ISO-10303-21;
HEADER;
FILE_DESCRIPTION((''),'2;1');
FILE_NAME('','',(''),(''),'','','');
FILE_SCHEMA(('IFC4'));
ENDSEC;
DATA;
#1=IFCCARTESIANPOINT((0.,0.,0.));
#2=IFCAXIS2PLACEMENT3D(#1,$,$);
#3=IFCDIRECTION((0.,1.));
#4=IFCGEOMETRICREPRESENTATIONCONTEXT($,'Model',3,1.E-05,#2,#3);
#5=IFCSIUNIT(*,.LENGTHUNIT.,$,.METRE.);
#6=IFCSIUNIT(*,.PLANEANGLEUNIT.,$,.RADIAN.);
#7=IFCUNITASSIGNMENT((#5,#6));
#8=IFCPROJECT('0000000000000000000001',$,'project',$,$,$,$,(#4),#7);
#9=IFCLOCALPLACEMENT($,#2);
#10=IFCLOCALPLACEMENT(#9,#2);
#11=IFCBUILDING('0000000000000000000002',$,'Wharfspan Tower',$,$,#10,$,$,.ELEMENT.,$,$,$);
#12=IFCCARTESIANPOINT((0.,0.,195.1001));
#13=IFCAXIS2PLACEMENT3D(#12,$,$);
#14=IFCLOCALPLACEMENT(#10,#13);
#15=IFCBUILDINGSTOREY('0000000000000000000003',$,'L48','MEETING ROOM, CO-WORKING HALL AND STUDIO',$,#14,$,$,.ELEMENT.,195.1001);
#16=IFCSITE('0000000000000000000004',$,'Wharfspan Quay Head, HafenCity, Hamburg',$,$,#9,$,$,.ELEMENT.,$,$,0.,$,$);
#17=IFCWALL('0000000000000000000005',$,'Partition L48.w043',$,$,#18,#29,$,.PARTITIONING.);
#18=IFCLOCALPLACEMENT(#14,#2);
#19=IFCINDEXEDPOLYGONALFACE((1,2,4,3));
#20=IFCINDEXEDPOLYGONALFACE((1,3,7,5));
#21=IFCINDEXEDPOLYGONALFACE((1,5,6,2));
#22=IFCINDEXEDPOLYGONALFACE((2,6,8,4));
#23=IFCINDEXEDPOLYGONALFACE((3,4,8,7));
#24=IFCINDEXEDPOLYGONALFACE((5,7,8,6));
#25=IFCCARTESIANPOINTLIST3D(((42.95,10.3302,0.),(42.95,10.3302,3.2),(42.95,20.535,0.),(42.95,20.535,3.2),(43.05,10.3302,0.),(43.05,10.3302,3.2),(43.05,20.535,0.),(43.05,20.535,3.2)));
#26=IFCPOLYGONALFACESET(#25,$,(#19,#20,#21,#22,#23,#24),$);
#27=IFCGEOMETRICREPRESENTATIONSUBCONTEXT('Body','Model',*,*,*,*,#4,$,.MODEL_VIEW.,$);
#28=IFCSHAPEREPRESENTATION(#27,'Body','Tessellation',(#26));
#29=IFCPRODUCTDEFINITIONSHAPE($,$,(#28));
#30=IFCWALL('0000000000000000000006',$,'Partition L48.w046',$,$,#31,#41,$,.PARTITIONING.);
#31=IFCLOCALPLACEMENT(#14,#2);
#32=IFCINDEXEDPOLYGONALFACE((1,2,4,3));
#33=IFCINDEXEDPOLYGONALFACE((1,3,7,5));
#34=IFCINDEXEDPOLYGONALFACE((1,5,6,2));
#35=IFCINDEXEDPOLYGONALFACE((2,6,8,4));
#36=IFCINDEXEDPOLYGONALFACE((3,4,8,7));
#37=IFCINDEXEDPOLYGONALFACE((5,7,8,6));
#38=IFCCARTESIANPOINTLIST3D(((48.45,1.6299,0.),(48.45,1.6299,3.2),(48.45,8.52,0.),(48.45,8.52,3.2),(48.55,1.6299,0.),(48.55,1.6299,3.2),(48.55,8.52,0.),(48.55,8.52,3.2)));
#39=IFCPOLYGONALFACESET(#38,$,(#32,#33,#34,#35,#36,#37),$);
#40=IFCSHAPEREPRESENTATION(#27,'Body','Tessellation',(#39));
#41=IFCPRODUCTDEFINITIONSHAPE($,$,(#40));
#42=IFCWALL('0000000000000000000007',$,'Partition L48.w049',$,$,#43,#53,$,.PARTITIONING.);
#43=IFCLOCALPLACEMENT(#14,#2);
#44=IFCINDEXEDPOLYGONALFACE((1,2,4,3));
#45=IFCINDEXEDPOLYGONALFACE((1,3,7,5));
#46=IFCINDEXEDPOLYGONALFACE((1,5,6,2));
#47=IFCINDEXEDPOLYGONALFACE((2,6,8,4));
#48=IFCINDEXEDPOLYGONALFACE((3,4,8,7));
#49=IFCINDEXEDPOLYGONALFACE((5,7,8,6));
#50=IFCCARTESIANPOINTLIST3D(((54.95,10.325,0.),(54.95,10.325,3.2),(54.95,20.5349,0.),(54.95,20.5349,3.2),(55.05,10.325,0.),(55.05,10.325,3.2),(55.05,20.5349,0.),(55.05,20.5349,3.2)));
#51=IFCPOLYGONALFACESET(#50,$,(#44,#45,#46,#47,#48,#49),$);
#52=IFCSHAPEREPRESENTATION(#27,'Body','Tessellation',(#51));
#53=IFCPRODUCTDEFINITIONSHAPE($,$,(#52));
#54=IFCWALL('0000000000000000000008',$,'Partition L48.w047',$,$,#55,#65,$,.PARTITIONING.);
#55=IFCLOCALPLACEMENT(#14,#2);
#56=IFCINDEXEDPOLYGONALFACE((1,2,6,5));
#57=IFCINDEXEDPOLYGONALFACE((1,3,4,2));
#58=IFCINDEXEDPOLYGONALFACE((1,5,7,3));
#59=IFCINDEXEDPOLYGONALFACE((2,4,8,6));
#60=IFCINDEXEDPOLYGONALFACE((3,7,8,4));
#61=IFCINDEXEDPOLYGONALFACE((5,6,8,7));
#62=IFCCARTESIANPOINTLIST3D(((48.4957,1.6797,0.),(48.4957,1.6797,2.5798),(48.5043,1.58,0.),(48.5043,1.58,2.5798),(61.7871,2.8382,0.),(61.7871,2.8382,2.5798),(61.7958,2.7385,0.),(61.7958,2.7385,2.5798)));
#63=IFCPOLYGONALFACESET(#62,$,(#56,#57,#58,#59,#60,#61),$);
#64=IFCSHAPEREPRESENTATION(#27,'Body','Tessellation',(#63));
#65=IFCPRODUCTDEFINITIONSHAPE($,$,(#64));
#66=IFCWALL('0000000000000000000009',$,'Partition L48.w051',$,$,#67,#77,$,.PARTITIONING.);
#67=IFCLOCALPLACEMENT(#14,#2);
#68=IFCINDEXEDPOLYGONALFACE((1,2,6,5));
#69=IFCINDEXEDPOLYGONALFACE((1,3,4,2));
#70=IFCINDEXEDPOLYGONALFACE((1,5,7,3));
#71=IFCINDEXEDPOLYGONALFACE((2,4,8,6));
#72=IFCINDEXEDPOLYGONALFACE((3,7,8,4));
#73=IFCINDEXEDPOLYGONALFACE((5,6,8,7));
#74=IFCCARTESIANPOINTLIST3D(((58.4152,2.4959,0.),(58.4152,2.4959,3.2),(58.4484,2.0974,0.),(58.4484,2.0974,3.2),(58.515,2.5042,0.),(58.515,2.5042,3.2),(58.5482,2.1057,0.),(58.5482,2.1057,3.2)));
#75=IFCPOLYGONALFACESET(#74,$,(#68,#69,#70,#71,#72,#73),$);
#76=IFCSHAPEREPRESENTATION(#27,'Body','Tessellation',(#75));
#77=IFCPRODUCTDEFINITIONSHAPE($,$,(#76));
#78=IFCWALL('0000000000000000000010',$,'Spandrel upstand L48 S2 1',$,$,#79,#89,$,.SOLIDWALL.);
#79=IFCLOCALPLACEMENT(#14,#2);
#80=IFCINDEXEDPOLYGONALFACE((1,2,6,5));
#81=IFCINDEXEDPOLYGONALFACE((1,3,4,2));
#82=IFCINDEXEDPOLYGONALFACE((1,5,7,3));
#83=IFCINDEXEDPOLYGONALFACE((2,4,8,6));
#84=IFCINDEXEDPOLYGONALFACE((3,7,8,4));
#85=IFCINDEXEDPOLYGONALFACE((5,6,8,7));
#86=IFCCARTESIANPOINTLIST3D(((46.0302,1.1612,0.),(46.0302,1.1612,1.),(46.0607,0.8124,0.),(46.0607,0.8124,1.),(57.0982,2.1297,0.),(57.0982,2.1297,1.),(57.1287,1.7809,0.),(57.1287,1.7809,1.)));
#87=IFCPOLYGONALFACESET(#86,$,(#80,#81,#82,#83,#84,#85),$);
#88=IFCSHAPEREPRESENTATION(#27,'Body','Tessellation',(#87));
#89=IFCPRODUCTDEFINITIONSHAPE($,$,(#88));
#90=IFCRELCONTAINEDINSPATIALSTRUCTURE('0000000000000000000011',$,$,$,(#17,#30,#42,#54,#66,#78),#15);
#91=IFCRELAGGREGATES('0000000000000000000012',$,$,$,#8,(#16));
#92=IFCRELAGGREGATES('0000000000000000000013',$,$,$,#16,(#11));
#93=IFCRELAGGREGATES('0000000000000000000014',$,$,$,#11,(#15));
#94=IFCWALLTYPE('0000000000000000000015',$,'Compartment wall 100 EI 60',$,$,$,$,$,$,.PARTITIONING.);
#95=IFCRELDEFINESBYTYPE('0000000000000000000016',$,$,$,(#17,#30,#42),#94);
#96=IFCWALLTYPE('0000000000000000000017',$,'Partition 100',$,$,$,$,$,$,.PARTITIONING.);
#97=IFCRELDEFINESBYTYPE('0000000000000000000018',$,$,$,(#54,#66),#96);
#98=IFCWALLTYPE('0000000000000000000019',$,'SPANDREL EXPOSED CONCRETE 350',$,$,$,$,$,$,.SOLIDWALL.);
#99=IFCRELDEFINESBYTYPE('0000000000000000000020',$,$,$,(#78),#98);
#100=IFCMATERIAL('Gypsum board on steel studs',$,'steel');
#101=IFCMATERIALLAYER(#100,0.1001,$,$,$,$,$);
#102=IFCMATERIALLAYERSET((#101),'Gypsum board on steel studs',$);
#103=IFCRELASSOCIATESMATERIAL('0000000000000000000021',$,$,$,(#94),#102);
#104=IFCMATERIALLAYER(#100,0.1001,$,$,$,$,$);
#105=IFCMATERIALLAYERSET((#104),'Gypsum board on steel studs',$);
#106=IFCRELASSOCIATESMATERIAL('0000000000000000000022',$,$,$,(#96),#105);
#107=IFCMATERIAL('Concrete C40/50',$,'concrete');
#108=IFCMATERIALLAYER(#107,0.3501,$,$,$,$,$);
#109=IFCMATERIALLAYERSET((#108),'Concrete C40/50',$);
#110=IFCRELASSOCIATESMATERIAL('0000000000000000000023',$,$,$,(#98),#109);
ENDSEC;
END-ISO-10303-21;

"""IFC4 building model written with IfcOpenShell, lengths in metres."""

from ifc_helpers import new_model, si_unit, direction, frame, frame_2d, origin, place, context, subcontext, project, spatial, rectangle, extrude, material, layer, layer_set, type_object, element, save


model = new_model("IFC4")

# Units and contexts
model_context = context("Model", 3, precision=1e-05, world=origin(), true_north=direction((0.0, 1.0)))
body_context = subcontext(model_context, "Body", "Model", "MODEL_VIEW")
ifc_project = project(units=[si_unit("LENGTHUNIT", "METRE"), si_unit("PLANEANGLEUNIT", "RADIAN")], contexts=[model_context])

# Site, building, storey
site_placement = place(None, origin())
site = spatial("IfcSite", under=ifc_project, at=site_placement, Name="Wharfspan Quay Head, HafenCity, Hamburg", CompositionType="ELEMENT", RefElevation=0.0)
building_placement = place(site_placement, origin())
building = spatial("IfcBuilding", under=site, at=building_placement, Name="Wharfspan Tower", CompositionType="ELEMENT")
storey_placement = place(building_placement, frame((0.0, 0.0, 195.1001)))
storey = spatial("IfcBuildingStorey", under=building, at=storey_placement, Name="L48", Description="MEETING ROOM, CO-WORKING HALL AND STUDIO", CompositionType="ELEMENT", Elevation=195.1001)

# Walls
ifc_material_1 = material(Name="Gypsum board on steel studs", Category="steel")
ifc_layer_1 = layer(ifc_material_1, 0.1001)
ifc_layer_set_1 = layer_set([ifc_layer_1], Name="Gypsum board on steel studs")
wall_type_1 = type_object("IfcWallType", Name="Compartment wall 100 EI 60", PredefinedType="PARTITIONING", material=ifc_layer_set_1)
wall_1_placement = place(storey_placement, frame((43.0, 10.3301, 0.0), z_axis=(0.0, 0.0, 1.0), x_axis=(0.0, 1.0, 0.0)))
element("IfcWall", 1, at=wall_1_placement, inside=storey, type_object=wall_type_1, Name="Partition L48.w043", PredefinedType="PARTITIONING", context=body_context, shape_type="SweptSolid", body=[
    extrude(rectangle(XDim=10.2048, YDim=0.1001, at=frame_2d((5.1025, 0.0))), origin(), (0.0, 0.0, 1.0), 3.2),
])
wall_2_placement = place(storey_placement, frame((48.5, 1.6299, 0.0), z_axis=(0.0, 0.0, 1.0), x_axis=(0.0, 1.0, 0.0)))
element("IfcWall", 2, at=wall_2_placement, inside=storey, type_object=wall_type_1, Name="Partition L48.w046", PredefinedType="PARTITIONING", context=body_context, shape_type="SweptSolid", body=[
    extrude(rectangle(XDim=6.8901, YDim=0.1001, at=frame_2d((3.4451, 0.0))), origin(), (0.0, 0.0, 1.0), 3.2),
])
wall_3_placement = place(storey_placement, frame((55.0, 10.325, 0.0), z_axis=(0.0, 0.0, 1.0), x_axis=(0.0, 1.0, 0.0)))
element("IfcWall", 3, at=wall_3_placement, inside=storey, type_object=wall_type_1, Name="Partition L48.w049", PredefinedType="PARTITIONING", context=body_context, shape_type="SweptSolid", body=[
    extrude(rectangle(XDim=10.21, YDim=0.1001, at=frame_2d((5.105, 0.0))), origin(), (0.0, 0.0, 1.0), 3.2),
])
ifc_layer_2 = layer(ifc_material_1, 0.1001)
ifc_layer_set_2 = layer_set([ifc_layer_2], Name="Gypsum board on steel studs")
wall_type_2 = type_object("IfcWallType", Name="Partition 100", PredefinedType="PARTITIONING", material=ifc_layer_set_2)
wall_4_placement = place(storey_placement, frame((48.5, 1.6299, 0.0), z_axis=(0.0, 0.0, 1.0), x_axis=(0.996225, 0.086828, 0.0)))
element("IfcWall", 4, at=wall_4_placement, inside=storey, type_object=wall_type_2, Name="Partition L48.w047", PredefinedType="PARTITIONING", context=body_context, shape_type="SweptSolid", body=[
    extrude(rectangle(XDim=13.3418, YDim=0.1001, at=frame_2d((6.6709, 0.0))), origin(), (0.0, 0.0, 1.0), 2.5798),
])
wall_5_placement = place(storey_placement, frame((58.4983, 2.1016, 0.0), z_axis=(0.0, 0.0, 1.0), x_axis=(-0.083045, 0.996542, 0.0)))
element("IfcWall", 5, at=wall_5_placement, inside=storey, type_object=wall_type_2, Name="Partition L48.w051", PredefinedType="PARTITIONING", context=body_context, shape_type="SweptSolid", body=[
    extrude(rectangle(XDim=0.3999, YDim=0.1001, at=frame_2d((0.2, 0.0))), origin(), (0.0, 0.0, 1.0), 3.2),
])
ifc_material_2 = material(Name="Concrete C40/50", Category="concrete")
ifc_layer_3 = layer(ifc_material_2, 0.3501)
ifc_layer_set_3 = layer_set([ifc_layer_3], Name="Concrete C40/50")
wall_type_3 = type_object("IfcWallType", Name="SPANDREL EXPOSED CONCRETE 350", PredefinedType="SOLIDWALL", material=ifc_layer_set_3)
wall_6_placement = place(storey_placement, frame((46.0454, 0.9868, 0.0), z_axis=(0.0, 0.0, 1.0), x_axis=(0.996193, 0.087171, 0.0)))
element("IfcWall", 6, at=wall_6_placement, inside=storey, type_object=wall_type_3, Name="Spandrel upstand L48 S2 1", PredefinedType="SOLIDWALL", context=body_context, shape_type="SweptSolid", body=[
    extrude(rectangle(XDim=11.1104, YDim=0.3501, at=frame_2d((5.5552, 0.0))), origin(), (0.0, 0.0, 1.0), 1.0),
])

save(model, "model.ifc")
